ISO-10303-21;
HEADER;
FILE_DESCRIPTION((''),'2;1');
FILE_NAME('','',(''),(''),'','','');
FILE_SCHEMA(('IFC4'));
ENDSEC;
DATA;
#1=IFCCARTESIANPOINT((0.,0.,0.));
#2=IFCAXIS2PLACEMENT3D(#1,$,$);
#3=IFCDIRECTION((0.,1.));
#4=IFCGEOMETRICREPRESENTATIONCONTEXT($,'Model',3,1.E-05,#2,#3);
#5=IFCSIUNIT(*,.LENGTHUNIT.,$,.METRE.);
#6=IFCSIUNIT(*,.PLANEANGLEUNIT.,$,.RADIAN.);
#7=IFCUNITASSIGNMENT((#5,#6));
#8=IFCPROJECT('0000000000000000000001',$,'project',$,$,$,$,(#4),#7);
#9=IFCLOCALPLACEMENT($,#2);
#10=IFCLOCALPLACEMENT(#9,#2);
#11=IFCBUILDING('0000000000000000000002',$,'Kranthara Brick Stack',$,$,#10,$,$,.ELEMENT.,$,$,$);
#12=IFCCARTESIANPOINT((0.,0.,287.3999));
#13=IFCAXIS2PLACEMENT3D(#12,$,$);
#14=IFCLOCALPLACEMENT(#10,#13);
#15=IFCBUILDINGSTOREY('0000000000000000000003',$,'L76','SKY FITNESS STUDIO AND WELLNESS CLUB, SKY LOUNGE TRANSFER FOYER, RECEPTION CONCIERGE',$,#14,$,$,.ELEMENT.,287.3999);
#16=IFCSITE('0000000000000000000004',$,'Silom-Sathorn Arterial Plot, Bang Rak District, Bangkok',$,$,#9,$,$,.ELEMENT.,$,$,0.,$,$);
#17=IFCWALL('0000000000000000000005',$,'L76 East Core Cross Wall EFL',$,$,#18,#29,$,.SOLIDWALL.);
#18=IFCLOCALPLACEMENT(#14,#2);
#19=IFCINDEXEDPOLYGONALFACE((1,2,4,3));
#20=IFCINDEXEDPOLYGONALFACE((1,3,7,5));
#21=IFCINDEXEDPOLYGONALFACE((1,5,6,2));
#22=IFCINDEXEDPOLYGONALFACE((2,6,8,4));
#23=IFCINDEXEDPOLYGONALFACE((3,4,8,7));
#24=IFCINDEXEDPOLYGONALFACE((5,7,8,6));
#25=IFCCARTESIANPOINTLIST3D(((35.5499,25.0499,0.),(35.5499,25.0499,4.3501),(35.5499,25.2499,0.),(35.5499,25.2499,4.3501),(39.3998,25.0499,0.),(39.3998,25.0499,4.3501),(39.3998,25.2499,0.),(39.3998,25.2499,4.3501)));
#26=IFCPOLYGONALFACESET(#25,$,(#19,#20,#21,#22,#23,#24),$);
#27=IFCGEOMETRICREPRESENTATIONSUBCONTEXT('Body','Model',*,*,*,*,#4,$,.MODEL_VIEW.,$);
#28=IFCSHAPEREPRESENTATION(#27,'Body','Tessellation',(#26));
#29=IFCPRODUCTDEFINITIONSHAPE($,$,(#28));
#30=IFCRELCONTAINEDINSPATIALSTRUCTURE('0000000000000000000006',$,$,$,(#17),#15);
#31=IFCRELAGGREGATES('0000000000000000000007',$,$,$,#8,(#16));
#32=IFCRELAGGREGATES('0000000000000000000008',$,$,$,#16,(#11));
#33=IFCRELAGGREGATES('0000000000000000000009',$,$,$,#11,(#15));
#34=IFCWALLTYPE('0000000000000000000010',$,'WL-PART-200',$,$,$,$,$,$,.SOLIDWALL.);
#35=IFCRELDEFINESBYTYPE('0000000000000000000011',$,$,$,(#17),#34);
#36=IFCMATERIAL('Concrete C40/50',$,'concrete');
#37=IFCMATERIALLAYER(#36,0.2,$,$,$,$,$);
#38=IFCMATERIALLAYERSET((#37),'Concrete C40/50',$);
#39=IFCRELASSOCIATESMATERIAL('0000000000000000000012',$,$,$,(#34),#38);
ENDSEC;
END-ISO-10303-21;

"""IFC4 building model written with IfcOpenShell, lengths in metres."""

from ifc_helpers import new_model, si_unit, direction, frame, frame_2d, origin, place, context, subcontext, project, spatial, rectangle, extrude, material, layer, layer_set, type_object, element, save


model = new_model("IFC4")

# Units and contexts
model_context = context("Model", 3, precision=1e-05, world=origin(), true_north=direction((0.0, 1.0)))
body_context = subcontext(model_context, "Body", "Model", "MODEL_VIEW")
ifc_project = project(units=[si_unit("LENGTHUNIT", "METRE"), si_unit("PLANEANGLEUNIT", "RADIAN")], contexts=[model_context])

# Site, building, storey
site_placement = place(None, origin())
site = spatial("IfcSite", under=ifc_project, at=site_placement, Name="Silom-Sathorn Arterial Plot, Bang Rak District, Bangkok", CompositionType="ELEMENT", RefElevation=0.0)
building_placement = place(site_placement, origin())
building = spatial("IfcBuilding", under=site, at=building_placement, Name="Kranthara Brick Stack", CompositionType="ELEMENT")
storey_placement = place(building_placement, frame((0.0, 0.0, 287.3999)))
storey = spatial("IfcBuildingStorey", under=building, at=storey_placement, Name="L76", Description="SKY FITNESS STUDIO AND WELLNESS CLUB, SKY LOUNGE TRANSFER FOYER, RECEPTION CONCIERGE", CompositionType="ELEMENT", Elevation=287.3999)

# Wall
ifc_material_1 = material(Name="Concrete C40/50", Category="concrete")
ifc_layer_1 = layer(ifc_material_1, 0.2)
ifc_layer_set_1 = layer_set([ifc_layer_1], Name="Concrete C40/50")
wall_type_1 = type_object("IfcWallType", Name="WL-PART-200", PredefinedType="SOLIDWALL", material=ifc_layer_set_1)
wall_1_placement = place(storey_placement, frame((35.55, 25.1499, 0.0), z_axis=(0.0, 0.0, 1.0), x_axis=(1.0, 0.0, 0.0)))
element("IfcWall", 1, at=wall_1_placement, inside=storey, type_object=wall_type_1, Name="L76 East Core Cross Wall EFL", PredefinedType="SOLIDWALL", context=body_context, shape_type="SweptSolid", body=[
    extrude(rectangle(XDim=3.8499, YDim=0.2, at=frame_2d((1.9248, 0.0))), origin(), (0.0, 0.0, 1.0), 4.3501),
])

save(model, "model.ifc")
